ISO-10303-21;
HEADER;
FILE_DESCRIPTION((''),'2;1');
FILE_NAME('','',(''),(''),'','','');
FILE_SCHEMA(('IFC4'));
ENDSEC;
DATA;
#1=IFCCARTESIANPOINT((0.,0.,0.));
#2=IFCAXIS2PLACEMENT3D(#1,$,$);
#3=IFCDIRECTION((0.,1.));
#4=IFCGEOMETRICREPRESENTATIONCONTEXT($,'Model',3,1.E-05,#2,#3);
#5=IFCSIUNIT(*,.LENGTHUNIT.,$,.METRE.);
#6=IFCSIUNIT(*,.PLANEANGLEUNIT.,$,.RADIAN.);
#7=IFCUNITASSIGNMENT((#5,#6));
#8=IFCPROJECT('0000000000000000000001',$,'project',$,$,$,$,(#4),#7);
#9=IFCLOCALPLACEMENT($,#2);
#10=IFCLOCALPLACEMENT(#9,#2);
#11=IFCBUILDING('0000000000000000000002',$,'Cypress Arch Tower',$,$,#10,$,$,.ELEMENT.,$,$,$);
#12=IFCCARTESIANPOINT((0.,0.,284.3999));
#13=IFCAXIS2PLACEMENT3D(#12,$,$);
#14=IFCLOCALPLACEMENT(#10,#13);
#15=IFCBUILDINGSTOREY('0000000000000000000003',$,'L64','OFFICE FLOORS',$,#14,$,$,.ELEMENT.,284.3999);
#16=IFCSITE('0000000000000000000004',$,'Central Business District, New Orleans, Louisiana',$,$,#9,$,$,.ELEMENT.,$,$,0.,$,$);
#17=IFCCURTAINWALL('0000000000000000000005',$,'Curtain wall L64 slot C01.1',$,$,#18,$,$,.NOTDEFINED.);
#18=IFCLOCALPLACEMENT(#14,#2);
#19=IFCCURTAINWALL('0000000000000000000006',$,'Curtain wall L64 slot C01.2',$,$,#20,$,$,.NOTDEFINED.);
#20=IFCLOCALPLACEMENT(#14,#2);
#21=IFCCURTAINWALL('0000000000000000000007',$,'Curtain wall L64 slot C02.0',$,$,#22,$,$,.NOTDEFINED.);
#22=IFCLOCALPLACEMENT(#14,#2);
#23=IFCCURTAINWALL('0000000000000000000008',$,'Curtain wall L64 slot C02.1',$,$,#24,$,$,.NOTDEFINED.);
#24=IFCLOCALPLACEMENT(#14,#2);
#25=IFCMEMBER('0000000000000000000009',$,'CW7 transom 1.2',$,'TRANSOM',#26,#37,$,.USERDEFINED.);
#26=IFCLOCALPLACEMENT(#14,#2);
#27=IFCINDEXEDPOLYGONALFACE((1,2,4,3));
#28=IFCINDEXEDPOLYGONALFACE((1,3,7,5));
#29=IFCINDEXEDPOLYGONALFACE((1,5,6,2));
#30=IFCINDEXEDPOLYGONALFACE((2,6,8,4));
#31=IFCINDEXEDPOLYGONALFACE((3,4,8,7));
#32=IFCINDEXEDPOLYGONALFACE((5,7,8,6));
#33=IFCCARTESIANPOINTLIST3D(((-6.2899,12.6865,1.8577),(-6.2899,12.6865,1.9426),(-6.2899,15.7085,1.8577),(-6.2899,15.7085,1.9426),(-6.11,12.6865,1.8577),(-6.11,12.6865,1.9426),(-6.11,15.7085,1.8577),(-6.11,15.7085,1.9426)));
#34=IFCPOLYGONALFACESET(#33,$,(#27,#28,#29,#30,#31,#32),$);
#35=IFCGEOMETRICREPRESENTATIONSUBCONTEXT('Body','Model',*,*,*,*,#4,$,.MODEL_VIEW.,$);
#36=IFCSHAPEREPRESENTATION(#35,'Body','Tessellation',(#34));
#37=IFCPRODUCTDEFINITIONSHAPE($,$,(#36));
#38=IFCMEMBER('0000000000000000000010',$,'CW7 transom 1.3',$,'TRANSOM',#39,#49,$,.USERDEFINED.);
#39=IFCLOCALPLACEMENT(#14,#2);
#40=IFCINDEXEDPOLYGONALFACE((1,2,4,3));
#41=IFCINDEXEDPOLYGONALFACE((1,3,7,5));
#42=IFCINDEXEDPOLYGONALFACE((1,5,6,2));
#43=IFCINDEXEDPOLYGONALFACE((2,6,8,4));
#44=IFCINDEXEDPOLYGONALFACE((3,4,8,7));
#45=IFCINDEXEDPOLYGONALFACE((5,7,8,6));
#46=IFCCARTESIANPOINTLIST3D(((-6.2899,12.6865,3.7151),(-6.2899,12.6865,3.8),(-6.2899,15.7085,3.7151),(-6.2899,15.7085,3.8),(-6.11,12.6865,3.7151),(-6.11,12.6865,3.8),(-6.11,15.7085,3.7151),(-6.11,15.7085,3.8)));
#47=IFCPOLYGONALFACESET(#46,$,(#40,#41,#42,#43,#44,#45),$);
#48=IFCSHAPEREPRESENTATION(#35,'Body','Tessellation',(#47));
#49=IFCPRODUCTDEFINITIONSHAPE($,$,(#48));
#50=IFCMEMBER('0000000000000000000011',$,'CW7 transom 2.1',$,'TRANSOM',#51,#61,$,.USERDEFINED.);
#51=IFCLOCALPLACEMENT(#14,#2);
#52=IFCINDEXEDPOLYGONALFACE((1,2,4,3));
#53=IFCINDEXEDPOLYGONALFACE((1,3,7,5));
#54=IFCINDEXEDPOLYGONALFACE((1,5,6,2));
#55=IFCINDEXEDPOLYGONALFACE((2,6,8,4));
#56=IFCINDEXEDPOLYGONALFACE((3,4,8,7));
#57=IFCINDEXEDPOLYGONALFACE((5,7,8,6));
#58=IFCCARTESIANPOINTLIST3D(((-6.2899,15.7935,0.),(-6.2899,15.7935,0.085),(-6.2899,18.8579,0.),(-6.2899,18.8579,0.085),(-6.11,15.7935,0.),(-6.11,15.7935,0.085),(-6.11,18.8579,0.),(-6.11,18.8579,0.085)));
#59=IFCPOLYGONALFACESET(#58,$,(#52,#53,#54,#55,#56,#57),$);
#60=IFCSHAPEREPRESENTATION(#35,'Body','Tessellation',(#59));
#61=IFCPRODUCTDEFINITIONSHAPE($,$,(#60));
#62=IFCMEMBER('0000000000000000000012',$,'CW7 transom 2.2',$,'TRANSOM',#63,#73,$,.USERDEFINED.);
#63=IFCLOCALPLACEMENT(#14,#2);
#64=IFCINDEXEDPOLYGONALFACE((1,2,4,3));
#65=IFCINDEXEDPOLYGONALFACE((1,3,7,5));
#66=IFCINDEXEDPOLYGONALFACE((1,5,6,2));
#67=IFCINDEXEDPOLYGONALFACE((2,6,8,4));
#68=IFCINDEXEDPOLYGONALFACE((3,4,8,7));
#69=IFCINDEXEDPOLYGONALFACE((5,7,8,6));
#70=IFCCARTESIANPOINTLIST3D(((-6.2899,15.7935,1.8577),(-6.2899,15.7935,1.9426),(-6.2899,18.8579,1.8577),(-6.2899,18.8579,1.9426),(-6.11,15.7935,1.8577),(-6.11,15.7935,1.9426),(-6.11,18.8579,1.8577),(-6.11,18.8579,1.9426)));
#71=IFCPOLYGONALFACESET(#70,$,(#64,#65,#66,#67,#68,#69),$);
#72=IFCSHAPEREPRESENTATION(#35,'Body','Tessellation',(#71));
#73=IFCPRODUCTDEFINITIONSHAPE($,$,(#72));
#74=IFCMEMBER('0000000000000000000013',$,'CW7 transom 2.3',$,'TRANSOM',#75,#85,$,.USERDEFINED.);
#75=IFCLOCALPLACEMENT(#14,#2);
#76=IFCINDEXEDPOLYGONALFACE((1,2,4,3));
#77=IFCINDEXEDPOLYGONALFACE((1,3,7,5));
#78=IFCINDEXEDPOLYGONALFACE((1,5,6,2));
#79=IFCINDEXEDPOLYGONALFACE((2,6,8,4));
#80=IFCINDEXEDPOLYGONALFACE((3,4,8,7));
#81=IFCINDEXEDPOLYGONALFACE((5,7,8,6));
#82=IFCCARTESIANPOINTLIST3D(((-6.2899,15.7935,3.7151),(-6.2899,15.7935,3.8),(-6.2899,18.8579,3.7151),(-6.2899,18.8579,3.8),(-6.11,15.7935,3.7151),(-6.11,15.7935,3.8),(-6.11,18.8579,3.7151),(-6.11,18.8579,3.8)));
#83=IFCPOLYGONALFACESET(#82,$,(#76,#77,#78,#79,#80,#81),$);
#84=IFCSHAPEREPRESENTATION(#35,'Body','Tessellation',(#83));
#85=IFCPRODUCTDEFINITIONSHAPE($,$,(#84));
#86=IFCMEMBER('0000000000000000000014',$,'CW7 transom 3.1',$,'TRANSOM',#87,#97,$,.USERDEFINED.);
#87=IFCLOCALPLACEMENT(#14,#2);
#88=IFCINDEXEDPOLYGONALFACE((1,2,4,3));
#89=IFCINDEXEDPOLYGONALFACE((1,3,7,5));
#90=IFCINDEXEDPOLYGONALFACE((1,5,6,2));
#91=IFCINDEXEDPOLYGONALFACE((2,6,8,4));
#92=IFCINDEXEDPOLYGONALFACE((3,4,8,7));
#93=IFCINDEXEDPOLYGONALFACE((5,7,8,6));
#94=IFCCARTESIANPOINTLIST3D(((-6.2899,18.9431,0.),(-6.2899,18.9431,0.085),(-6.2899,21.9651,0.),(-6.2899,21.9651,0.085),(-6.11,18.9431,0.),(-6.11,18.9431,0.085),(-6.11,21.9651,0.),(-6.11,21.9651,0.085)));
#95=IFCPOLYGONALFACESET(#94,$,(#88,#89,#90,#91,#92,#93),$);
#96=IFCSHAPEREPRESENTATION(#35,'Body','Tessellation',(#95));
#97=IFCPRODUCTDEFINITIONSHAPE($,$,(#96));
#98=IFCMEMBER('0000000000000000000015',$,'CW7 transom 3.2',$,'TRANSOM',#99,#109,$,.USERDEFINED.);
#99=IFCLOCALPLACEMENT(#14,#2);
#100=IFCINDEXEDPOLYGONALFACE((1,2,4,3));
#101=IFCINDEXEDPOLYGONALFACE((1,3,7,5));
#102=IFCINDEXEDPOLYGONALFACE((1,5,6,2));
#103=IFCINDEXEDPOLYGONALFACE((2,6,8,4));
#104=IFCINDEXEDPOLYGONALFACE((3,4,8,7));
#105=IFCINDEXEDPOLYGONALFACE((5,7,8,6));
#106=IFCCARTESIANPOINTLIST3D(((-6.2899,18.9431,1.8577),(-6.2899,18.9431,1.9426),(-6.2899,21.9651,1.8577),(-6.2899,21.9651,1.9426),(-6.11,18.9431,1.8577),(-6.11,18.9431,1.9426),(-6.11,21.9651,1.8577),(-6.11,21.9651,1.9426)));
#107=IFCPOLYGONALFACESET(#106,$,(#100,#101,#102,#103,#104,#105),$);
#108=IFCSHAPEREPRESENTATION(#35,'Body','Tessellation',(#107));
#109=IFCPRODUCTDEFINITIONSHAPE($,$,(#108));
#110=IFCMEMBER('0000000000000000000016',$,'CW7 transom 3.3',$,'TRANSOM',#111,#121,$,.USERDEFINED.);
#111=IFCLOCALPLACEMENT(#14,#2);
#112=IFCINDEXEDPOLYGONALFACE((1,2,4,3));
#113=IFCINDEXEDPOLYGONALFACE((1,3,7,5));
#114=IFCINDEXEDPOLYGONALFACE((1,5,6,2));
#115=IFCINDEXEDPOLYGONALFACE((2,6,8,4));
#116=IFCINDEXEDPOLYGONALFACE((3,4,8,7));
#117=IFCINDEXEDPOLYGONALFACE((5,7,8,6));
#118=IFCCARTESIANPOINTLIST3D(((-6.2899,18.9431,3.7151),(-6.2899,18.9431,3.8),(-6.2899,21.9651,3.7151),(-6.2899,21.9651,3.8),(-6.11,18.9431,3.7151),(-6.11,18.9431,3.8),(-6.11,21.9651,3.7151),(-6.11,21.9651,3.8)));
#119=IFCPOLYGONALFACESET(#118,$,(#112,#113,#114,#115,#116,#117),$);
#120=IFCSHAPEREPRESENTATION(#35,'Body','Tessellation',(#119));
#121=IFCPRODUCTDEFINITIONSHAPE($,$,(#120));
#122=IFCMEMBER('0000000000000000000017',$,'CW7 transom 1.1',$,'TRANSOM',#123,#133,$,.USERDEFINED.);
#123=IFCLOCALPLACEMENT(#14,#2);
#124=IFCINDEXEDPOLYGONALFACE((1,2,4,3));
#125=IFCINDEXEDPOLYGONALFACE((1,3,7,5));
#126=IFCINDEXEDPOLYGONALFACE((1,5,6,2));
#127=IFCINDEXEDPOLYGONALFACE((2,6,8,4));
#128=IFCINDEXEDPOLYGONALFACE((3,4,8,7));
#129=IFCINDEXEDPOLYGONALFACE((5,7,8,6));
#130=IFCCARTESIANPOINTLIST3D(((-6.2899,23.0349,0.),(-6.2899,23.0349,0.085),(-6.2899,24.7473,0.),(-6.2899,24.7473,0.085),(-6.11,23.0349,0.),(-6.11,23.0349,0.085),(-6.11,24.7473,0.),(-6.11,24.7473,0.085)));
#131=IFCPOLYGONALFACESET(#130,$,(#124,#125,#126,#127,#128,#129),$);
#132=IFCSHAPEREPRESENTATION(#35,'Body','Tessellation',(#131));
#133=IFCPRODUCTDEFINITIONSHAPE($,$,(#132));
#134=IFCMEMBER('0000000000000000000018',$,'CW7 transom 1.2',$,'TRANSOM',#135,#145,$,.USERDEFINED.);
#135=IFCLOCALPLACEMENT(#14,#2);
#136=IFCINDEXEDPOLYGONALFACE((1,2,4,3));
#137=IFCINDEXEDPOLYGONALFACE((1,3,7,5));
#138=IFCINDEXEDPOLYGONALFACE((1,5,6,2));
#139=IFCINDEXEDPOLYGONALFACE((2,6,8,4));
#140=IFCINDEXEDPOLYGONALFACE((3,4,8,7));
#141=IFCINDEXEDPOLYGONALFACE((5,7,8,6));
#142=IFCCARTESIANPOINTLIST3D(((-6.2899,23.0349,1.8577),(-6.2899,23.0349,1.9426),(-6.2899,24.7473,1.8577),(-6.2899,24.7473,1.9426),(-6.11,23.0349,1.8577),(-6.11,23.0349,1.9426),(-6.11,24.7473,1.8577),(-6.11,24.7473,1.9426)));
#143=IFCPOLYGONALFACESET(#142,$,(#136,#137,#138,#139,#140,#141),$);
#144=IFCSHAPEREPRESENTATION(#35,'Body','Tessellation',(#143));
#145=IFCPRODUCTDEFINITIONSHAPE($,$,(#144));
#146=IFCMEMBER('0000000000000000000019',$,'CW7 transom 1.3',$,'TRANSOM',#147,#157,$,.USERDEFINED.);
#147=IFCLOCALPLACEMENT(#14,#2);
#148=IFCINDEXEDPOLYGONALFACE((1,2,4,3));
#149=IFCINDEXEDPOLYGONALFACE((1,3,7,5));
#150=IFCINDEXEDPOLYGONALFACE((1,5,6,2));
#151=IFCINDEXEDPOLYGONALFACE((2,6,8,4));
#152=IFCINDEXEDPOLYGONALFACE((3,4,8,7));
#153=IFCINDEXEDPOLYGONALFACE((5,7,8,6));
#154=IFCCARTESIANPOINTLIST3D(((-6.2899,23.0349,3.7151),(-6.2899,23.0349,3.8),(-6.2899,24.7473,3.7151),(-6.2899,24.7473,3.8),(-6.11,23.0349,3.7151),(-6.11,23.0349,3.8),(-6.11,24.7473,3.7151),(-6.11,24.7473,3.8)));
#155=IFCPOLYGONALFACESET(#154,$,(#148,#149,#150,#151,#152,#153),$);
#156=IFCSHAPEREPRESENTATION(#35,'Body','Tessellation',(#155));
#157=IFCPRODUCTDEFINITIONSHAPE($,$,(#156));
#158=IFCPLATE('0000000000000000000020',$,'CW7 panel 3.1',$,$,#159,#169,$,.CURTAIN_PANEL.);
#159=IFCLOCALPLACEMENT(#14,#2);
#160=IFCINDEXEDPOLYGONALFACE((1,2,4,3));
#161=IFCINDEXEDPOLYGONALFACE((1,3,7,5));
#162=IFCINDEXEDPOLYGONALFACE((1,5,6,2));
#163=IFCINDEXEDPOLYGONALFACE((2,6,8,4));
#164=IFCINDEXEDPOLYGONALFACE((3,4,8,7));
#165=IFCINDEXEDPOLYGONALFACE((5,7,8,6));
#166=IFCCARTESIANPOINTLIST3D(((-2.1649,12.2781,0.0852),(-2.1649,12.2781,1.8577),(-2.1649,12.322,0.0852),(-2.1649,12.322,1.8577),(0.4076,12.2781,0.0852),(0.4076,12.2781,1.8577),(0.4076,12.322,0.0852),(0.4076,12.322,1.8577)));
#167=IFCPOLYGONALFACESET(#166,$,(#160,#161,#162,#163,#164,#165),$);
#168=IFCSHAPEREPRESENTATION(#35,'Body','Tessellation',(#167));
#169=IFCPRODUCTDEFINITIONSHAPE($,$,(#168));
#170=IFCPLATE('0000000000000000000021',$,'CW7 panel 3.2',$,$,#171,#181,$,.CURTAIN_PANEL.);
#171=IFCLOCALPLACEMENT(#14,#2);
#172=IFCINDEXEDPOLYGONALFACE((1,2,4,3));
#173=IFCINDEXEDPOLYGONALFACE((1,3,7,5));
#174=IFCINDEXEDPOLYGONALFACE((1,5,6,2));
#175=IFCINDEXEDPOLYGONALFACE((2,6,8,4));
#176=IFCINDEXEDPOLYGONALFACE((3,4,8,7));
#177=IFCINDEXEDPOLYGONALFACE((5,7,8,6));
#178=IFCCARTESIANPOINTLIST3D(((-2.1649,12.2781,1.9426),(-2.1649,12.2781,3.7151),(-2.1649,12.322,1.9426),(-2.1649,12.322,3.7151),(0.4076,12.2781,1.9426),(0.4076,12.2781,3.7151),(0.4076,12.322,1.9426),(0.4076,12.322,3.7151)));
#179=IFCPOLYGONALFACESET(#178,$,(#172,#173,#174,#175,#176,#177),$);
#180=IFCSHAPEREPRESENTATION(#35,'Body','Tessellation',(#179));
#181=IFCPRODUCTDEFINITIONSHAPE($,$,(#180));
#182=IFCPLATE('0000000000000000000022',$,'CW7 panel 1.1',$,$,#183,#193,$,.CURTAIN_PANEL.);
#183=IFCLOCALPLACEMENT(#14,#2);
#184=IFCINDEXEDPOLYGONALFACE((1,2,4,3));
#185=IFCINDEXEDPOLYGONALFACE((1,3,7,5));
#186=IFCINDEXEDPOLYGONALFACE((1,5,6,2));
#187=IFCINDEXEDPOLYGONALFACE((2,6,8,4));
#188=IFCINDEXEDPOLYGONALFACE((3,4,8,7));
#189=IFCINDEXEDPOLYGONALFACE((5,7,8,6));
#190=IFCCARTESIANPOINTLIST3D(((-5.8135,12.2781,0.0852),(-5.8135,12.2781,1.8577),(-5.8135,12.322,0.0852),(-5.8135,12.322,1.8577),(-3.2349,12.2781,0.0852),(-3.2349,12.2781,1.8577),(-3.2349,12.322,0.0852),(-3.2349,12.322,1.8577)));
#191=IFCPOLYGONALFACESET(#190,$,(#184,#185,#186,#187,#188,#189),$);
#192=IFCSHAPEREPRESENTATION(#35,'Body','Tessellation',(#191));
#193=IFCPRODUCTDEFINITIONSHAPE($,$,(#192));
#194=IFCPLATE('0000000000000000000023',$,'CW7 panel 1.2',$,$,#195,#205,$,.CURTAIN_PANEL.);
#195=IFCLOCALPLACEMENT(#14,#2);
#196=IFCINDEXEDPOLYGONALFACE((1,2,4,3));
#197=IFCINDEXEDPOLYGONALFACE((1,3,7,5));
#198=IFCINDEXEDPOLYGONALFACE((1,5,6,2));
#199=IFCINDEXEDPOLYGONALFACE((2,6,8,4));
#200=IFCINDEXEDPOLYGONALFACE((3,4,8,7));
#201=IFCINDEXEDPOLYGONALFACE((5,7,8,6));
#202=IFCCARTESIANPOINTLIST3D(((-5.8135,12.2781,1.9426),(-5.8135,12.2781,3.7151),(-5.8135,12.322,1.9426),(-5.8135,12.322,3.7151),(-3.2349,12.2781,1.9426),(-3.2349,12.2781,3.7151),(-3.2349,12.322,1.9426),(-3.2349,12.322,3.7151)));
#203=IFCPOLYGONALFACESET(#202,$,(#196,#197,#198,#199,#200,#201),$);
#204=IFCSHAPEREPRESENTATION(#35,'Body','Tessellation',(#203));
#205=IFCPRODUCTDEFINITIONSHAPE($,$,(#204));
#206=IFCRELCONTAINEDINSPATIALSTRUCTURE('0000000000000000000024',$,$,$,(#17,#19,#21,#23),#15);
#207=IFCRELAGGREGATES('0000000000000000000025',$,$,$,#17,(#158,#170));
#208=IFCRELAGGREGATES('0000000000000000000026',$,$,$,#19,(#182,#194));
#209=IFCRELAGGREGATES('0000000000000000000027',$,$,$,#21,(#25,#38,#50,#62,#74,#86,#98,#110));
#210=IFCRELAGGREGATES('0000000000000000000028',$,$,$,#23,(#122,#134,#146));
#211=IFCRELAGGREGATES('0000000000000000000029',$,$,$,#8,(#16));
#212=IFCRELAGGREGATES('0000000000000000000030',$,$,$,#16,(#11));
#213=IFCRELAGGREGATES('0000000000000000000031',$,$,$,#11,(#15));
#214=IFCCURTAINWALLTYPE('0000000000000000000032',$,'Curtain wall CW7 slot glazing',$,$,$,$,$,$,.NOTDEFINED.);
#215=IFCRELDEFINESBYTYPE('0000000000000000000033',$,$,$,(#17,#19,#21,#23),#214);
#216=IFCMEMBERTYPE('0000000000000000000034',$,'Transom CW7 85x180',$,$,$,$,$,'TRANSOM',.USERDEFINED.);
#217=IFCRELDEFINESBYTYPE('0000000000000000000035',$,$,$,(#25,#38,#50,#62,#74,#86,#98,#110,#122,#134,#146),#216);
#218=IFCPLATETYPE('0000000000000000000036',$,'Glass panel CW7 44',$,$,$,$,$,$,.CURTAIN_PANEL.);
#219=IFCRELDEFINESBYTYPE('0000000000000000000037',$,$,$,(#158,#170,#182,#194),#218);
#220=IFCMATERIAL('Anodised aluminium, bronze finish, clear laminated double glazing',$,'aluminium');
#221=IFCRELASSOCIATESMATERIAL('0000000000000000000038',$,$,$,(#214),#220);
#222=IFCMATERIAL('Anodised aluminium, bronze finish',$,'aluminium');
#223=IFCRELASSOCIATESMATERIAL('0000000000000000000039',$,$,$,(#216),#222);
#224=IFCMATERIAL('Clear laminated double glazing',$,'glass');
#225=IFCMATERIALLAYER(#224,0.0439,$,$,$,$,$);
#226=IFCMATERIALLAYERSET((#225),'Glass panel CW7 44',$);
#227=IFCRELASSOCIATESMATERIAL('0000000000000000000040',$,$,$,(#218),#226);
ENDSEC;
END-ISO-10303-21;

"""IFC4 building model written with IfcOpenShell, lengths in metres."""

from ifc_helpers import new_model, si_unit, direction, frame, origin, origin_2d, place, context, subcontext, project, spatial, rectangle, extrude, material, layer, layer_set, material_profile, profile_set, type_object, element, aggregate, save


model = new_model("IFC4")

# Units and contexts
model_context = context("Model", 3, precision=1e-05, world=origin(), true_north=direction((0.0, 1.0)))
body_context = subcontext(model_context, "Body", "Model", "MODEL_VIEW")
ifc_project = project(units=[si_unit("LENGTHUNIT", "METRE"), si_unit("PLANEANGLEUNIT", "RADIAN")], contexts=[model_context])

# Site, building, storey
site_placement = place(None, origin())
site = spatial("IfcSite", under=ifc_project, at=site_placement, Name="Central Business District, New Orleans, Louisiana", CompositionType="ELEMENT", RefElevation=0.0)
building_placement = place(site_placement, origin())
building = spatial("IfcBuilding", under=site, at=building_placement, Name="Cypress Arch Tower", CompositionType="ELEMENT")
storey_placement = place(building_placement, frame((0.0, 0.0, 284.3999)))
storey = spatial("IfcBuildingStorey", under=building, at=storey_placement, Name="L64", Description="OFFICE FLOORS", CompositionType="ELEMENT", Elevation=284.3999)

# Curtain wall
ifc_material_1 = material(Name="Anodised aluminium, bronze finish, clear laminated double glazing", Category="aluminium")
curtain_wall_type = type_object("IfcCurtainWallType", Name="Curtain wall CW7 slot glazing", PredefinedType="NOTDEFINED", material=ifc_material_1)
curtain_wall_1_placement = place(storey_placement, origin())
curtain_wall_1 = element("IfcCurtainWall", 1, at=curtain_wall_1_placement, inside=storey, type_object=curtain_wall_type, Name="Curtain wall L64 slot C01.1", PredefinedType="NOTDEFINED")

# Curtain walls
curtain_wall_2_placement = place(storey_placement, origin())
curtain_wall_2 = element("IfcCurtainWall", 2, at=curtain_wall_2_placement, inside=storey, type_object=curtain_wall_type, Name="Curtain wall L64 slot C01.2", PredefinedType="NOTDEFINED")
curtain_wall_3_placement = place(storey_placement, origin())
curtain_wall_3 = element("IfcCurtainWall", 3, at=curtain_wall_3_placement, inside=storey, type_object=curtain_wall_type, Name="Curtain wall L64 slot C02.0", PredefinedType="NOTDEFINED")
curtain_wall_4_placement = place(storey_placement, origin())
curtain_wall_4 = element("IfcCurtainWall", 4, at=curtain_wall_4_placement, inside=storey, type_object=curtain_wall_type, Name="Curtain wall L64 slot C02.1", PredefinedType="NOTDEFINED")

# Members
ifc_material_2 = material(Name="Anodised aluminium, bronze finish", Category="aluminium")
ifc_material_profile_1 = material_profile(ifc_material_2, rectangle(XDim=0.1799, YDim=0.085, at=origin_2d()), Name="Transom 85x180")
ifc_profile_set_1 = profile_set([ifc_material_profile_1], Name="Anodised aluminium, bronze finish")
member_type_1 = type_object("IfcMemberType", Name="Transom CW7 85x180", ElementType="TRANSOM", PredefinedType="USERDEFINED", material=ifc_profile_set_1)
member_1_placement = place(storey_placement, frame((-6.2, 12.6865, 1.9001), z_axis=(0.0, 1.0, 0.0), x_axis=(-1.0, 0.0, 0.0)))
member_1 = element("IfcMember", 5, at=member_1_placement, type_object=member_type_1, Name="CW7 transom 1.2", ObjectType="TRANSOM", PredefinedType="USERDEFINED", context=body_context, shape_type="SweptSolid", body=[
    extrude(rectangle(XDim=0.1799, YDim=0.085, at=origin_2d()), origin(), (0.0, 0.0, 1.0), 3.022),
])
member_2_placement = place(storey_placement, frame((-6.2, 12.6865, 3.7576), z_axis=(0.0, 1.0, 0.0), x_axis=(-1.0, 0.0, 0.0)))
member_2 = element("IfcMember", 6, at=member_2_placement, type_object=member_type_1, Name="CW7 transom 1.3", ObjectType="TRANSOM", PredefinedType="USERDEFINED", context=body_context, shape_type="SweptSolid", body=[
    extrude(rectangle(XDim=0.1799, YDim=0.085, at=origin_2d()), origin(), (0.0, 0.0, 1.0), 3.022),
])
member_3_placement = place(storey_placement, frame((-6.2, 15.7935, 0.0425), z_axis=(0.0, 1.0, 0.0), x_axis=(-1.0, 0.0, 0.0)))
member_3 = element("IfcMember", 7, at=member_3_placement, type_object=member_type_1, Name="CW7 transom 2.1", ObjectType="TRANSOM", PredefinedType="USERDEFINED", context=body_context, shape_type="SweptSolid", body=[
    extrude(rectangle(XDim=0.1799, YDim=0.085, at=origin_2d()), origin(), (0.0, 0.0, 1.0), 3.0645),
])
member_4_placement = place(storey_placement, frame((-6.2, 15.7935, 1.9001), z_axis=(0.0, 1.0, 0.0), x_axis=(-1.0, 0.0, 0.0)))
member_4 = element("IfcMember", 8, at=member_4_placement, type_object=member_type_1, Name="CW7 transom 2.2", ObjectType="TRANSOM", PredefinedType="USERDEFINED", context=body_context, shape_type="SweptSolid", body=[
    extrude(rectangle(XDim=0.1799, YDim=0.085, at=origin_2d()), origin(), (0.0, 0.0, 1.0), 3.0645),
])
member_5_placement = place(storey_placement, frame((-6.2, 15.7935, 3.7576), z_axis=(0.0, 1.0, 0.0), x_axis=(-1.0, 0.0, 0.0)))
member_5 = element("IfcMember", 9, at=member_5_placement, type_object=member_type_1, Name="CW7 transom 2.3", ObjectType="TRANSOM", PredefinedType="USERDEFINED", context=body_context, shape_type="SweptSolid", body=[
    extrude(rectangle(XDim=0.1799, YDim=0.085, at=origin_2d()), origin(), (0.0, 0.0, 1.0), 3.0645),
])
member_6_placement = place(storey_placement, frame((-6.2, 18.9431, 0.0425), z_axis=(0.0, 1.0, 0.0), x_axis=(-1.0, 0.0, 0.0)))
member_6 = element("IfcMember", 10, at=member_6_placement, type_object=member_type_1, Name="CW7 transom 3.1", ObjectType="TRANSOM", PredefinedType="USERDEFINED", context=body_context, shape_type="SweptSolid", body=[
    extrude(rectangle(XDim=0.1799, YDim=0.085, at=origin_2d()), origin(), (0.0, 0.0, 1.0), 3.022),
])
member_7_placement = place(storey_placement, frame((-6.2, 18.9431, 1.9001), z_axis=(0.0, 1.0, 0.0), x_axis=(-1.0, 0.0, 0.0)))
member_7 = element("IfcMember", 11, at=member_7_placement, type_object=member_type_1, Name="CW7 transom 3.2", ObjectType="TRANSOM", PredefinedType="USERDEFINED", context=body_context, shape_type="SweptSolid", body=[
    extrude(rectangle(XDim=0.1799, YDim=0.085, at=origin_2d()), origin(), (0.0, 0.0, 1.0), 3.022),
])
member_8_placement = place(storey_placement, frame((-6.2, 18.9431, 3.7576), z_axis=(0.0, 1.0, 0.0), x_axis=(-1.0, 0.0, 0.0)))
member_8 = element("IfcMember", 12, at=member_8_placement, type_object=member_type_1, Name="CW7 transom 3.3", ObjectType="TRANSOM", PredefinedType="USERDEFINED", context=body_context, shape_type="SweptSolid", body=[
    extrude(rectangle(XDim=0.1799, YDim=0.085, at=origin_2d()), origin(), (0.0, 0.0, 1.0), 3.022),
])
member_9_placement = place(storey_placement, frame((-6.2, 23.0349, 0.0425), z_axis=(0.0, 1.0, 0.0), x_axis=(-1.0, 0.0, 0.0)))
member_9 = element("IfcMember", 13, at=member_9_placement, type_object=member_type_1, Name="CW7 transom 1.1", ObjectType="TRANSOM", PredefinedType="USERDEFINED", context=body_context, shape_type="SweptSolid", body=[
    extrude(rectangle(XDim=0.1799, YDim=0.085, at=origin_2d()), origin(), (0.0, 0.0, 1.0), 1.7124),
])
member_10_placement = place(storey_placement, frame((-6.2, 23.0349, 1.9001), z_axis=(0.0, 1.0, 0.0), x_axis=(-1.0, 0.0, 0.0)))
member_10 = element("IfcMember", 14, at=member_10_placement, type_object=member_type_1, Name="CW7 transom 1.2", ObjectType="TRANSOM", PredefinedType="USERDEFINED", context=body_context, shape_type="SweptSolid", body=[
    extrude(rectangle(XDim=0.1799, YDim=0.085, at=origin_2d()), origin(), (0.0, 0.0, 1.0), 1.7124),
])
member_11_placement = place(storey_placement, frame((-6.2, 23.0349, 3.7576), z_axis=(0.0, 1.0, 0.0), x_axis=(-1.0, 0.0, 0.0)))
member_11 = element("IfcMember", 15, at=member_11_placement, type_object=member_type_1, Name="CW7 transom 1.3", ObjectType="TRANSOM", PredefinedType="USERDEFINED", context=body_context, shape_type="SweptSolid", body=[
    extrude(rectangle(XDim=0.1799, YDim=0.085, at=origin_2d()), origin(), (0.0, 0.0, 1.0), 1.7124),
])

# Plates
ifc_material_3 = material(Name="Clear laminated double glazing", Category="glass")
ifc_layer = layer(ifc_material_3, 0.0439)
ifc_layer_set = layer_set([ifc_layer], Name="Glass panel CW7 44")
plate_type = type_object("IfcPlateType", Name="Glass panel CW7 44", PredefinedType="CURTAIN_PANEL", material=ifc_layer_set)
plate_1_placement = place(storey_placement, frame((-0.8787, 12.3, 0.0852), z_axis=(0.0, 0.0, 1.0), x_axis=(-1.0, 0.0, 0.0)))
plate_1 = element("IfcPlate", 16, at=plate_1_placement, type_object=plate_type, Name="CW7 panel 3.1", PredefinedType="CURTAIN_PANEL", context=body_context, shape_type="SweptSolid", body=[
    extrude(rectangle(XDim=2.5725, YDim=0.0439, at=origin_2d()), origin(), (0.0, 0.0, 1.0), 1.7725),
])
plate_2_placement = place(storey_placement, frame((-0.8787, 12.3, 1.9426), z_axis=(0.0, 0.0, 1.0), x_axis=(-1.0, 0.0, 0.0)))
plate_2 = element("IfcPlate", 17, at=plate_2_placement, type_object=plate_type, Name="CW7 panel 3.2", PredefinedType="CURTAIN_PANEL", context=body_context, shape_type="SweptSolid", body=[
    extrude(rectangle(XDim=2.5725, YDim=0.0439, at=origin_2d()), origin(), (0.0, 0.0, 1.0), 1.7725),
])
aggregate(curtain_wall_1, [plate_1, plate_2])
plate_3_placement = place(storey_placement, frame((-4.5242, 12.3, 0.0852), z_axis=(0.0, 0.0, 1.0), x_axis=(-1.0, 0.0, 0.0)))
plate_3 = element("IfcPlate", 18, at=plate_3_placement, type_object=plate_type, Name="CW7 panel 1.1", PredefinedType="CURTAIN_PANEL", context=body_context, shape_type="SweptSolid", body=[
    extrude(rectangle(XDim=2.5786, YDim=0.0439, at=origin_2d()), origin(), (0.0, 0.0, 1.0), 1.7725),
])
plate_4_placement = place(storey_placement, frame((-4.5242, 12.3, 1.9426), z_axis=(0.0, 0.0, 1.0), x_axis=(-1.0, 0.0, 0.0)))
plate_4 = element("IfcPlate", 19, at=plate_4_placement, type_object=plate_type, Name="CW7 panel 1.2", PredefinedType="CURTAIN_PANEL", context=body_context, shape_type="SweptSolid", body=[
    extrude(rectangle(XDim=2.5786, YDim=0.0439, at=origin_2d()), origin(), (0.0, 0.0, 1.0), 1.7725),
])
aggregate(curtain_wall_2, [plate_3, plate_4])
aggregate(curtain_wall_3, [member_1, member_2, member_3, member_4, member_5, member_6, member_7, member_8])
aggregate(curtain_wall_4, [member_9, member_10, member_11])

save(model, "model.ifc")
